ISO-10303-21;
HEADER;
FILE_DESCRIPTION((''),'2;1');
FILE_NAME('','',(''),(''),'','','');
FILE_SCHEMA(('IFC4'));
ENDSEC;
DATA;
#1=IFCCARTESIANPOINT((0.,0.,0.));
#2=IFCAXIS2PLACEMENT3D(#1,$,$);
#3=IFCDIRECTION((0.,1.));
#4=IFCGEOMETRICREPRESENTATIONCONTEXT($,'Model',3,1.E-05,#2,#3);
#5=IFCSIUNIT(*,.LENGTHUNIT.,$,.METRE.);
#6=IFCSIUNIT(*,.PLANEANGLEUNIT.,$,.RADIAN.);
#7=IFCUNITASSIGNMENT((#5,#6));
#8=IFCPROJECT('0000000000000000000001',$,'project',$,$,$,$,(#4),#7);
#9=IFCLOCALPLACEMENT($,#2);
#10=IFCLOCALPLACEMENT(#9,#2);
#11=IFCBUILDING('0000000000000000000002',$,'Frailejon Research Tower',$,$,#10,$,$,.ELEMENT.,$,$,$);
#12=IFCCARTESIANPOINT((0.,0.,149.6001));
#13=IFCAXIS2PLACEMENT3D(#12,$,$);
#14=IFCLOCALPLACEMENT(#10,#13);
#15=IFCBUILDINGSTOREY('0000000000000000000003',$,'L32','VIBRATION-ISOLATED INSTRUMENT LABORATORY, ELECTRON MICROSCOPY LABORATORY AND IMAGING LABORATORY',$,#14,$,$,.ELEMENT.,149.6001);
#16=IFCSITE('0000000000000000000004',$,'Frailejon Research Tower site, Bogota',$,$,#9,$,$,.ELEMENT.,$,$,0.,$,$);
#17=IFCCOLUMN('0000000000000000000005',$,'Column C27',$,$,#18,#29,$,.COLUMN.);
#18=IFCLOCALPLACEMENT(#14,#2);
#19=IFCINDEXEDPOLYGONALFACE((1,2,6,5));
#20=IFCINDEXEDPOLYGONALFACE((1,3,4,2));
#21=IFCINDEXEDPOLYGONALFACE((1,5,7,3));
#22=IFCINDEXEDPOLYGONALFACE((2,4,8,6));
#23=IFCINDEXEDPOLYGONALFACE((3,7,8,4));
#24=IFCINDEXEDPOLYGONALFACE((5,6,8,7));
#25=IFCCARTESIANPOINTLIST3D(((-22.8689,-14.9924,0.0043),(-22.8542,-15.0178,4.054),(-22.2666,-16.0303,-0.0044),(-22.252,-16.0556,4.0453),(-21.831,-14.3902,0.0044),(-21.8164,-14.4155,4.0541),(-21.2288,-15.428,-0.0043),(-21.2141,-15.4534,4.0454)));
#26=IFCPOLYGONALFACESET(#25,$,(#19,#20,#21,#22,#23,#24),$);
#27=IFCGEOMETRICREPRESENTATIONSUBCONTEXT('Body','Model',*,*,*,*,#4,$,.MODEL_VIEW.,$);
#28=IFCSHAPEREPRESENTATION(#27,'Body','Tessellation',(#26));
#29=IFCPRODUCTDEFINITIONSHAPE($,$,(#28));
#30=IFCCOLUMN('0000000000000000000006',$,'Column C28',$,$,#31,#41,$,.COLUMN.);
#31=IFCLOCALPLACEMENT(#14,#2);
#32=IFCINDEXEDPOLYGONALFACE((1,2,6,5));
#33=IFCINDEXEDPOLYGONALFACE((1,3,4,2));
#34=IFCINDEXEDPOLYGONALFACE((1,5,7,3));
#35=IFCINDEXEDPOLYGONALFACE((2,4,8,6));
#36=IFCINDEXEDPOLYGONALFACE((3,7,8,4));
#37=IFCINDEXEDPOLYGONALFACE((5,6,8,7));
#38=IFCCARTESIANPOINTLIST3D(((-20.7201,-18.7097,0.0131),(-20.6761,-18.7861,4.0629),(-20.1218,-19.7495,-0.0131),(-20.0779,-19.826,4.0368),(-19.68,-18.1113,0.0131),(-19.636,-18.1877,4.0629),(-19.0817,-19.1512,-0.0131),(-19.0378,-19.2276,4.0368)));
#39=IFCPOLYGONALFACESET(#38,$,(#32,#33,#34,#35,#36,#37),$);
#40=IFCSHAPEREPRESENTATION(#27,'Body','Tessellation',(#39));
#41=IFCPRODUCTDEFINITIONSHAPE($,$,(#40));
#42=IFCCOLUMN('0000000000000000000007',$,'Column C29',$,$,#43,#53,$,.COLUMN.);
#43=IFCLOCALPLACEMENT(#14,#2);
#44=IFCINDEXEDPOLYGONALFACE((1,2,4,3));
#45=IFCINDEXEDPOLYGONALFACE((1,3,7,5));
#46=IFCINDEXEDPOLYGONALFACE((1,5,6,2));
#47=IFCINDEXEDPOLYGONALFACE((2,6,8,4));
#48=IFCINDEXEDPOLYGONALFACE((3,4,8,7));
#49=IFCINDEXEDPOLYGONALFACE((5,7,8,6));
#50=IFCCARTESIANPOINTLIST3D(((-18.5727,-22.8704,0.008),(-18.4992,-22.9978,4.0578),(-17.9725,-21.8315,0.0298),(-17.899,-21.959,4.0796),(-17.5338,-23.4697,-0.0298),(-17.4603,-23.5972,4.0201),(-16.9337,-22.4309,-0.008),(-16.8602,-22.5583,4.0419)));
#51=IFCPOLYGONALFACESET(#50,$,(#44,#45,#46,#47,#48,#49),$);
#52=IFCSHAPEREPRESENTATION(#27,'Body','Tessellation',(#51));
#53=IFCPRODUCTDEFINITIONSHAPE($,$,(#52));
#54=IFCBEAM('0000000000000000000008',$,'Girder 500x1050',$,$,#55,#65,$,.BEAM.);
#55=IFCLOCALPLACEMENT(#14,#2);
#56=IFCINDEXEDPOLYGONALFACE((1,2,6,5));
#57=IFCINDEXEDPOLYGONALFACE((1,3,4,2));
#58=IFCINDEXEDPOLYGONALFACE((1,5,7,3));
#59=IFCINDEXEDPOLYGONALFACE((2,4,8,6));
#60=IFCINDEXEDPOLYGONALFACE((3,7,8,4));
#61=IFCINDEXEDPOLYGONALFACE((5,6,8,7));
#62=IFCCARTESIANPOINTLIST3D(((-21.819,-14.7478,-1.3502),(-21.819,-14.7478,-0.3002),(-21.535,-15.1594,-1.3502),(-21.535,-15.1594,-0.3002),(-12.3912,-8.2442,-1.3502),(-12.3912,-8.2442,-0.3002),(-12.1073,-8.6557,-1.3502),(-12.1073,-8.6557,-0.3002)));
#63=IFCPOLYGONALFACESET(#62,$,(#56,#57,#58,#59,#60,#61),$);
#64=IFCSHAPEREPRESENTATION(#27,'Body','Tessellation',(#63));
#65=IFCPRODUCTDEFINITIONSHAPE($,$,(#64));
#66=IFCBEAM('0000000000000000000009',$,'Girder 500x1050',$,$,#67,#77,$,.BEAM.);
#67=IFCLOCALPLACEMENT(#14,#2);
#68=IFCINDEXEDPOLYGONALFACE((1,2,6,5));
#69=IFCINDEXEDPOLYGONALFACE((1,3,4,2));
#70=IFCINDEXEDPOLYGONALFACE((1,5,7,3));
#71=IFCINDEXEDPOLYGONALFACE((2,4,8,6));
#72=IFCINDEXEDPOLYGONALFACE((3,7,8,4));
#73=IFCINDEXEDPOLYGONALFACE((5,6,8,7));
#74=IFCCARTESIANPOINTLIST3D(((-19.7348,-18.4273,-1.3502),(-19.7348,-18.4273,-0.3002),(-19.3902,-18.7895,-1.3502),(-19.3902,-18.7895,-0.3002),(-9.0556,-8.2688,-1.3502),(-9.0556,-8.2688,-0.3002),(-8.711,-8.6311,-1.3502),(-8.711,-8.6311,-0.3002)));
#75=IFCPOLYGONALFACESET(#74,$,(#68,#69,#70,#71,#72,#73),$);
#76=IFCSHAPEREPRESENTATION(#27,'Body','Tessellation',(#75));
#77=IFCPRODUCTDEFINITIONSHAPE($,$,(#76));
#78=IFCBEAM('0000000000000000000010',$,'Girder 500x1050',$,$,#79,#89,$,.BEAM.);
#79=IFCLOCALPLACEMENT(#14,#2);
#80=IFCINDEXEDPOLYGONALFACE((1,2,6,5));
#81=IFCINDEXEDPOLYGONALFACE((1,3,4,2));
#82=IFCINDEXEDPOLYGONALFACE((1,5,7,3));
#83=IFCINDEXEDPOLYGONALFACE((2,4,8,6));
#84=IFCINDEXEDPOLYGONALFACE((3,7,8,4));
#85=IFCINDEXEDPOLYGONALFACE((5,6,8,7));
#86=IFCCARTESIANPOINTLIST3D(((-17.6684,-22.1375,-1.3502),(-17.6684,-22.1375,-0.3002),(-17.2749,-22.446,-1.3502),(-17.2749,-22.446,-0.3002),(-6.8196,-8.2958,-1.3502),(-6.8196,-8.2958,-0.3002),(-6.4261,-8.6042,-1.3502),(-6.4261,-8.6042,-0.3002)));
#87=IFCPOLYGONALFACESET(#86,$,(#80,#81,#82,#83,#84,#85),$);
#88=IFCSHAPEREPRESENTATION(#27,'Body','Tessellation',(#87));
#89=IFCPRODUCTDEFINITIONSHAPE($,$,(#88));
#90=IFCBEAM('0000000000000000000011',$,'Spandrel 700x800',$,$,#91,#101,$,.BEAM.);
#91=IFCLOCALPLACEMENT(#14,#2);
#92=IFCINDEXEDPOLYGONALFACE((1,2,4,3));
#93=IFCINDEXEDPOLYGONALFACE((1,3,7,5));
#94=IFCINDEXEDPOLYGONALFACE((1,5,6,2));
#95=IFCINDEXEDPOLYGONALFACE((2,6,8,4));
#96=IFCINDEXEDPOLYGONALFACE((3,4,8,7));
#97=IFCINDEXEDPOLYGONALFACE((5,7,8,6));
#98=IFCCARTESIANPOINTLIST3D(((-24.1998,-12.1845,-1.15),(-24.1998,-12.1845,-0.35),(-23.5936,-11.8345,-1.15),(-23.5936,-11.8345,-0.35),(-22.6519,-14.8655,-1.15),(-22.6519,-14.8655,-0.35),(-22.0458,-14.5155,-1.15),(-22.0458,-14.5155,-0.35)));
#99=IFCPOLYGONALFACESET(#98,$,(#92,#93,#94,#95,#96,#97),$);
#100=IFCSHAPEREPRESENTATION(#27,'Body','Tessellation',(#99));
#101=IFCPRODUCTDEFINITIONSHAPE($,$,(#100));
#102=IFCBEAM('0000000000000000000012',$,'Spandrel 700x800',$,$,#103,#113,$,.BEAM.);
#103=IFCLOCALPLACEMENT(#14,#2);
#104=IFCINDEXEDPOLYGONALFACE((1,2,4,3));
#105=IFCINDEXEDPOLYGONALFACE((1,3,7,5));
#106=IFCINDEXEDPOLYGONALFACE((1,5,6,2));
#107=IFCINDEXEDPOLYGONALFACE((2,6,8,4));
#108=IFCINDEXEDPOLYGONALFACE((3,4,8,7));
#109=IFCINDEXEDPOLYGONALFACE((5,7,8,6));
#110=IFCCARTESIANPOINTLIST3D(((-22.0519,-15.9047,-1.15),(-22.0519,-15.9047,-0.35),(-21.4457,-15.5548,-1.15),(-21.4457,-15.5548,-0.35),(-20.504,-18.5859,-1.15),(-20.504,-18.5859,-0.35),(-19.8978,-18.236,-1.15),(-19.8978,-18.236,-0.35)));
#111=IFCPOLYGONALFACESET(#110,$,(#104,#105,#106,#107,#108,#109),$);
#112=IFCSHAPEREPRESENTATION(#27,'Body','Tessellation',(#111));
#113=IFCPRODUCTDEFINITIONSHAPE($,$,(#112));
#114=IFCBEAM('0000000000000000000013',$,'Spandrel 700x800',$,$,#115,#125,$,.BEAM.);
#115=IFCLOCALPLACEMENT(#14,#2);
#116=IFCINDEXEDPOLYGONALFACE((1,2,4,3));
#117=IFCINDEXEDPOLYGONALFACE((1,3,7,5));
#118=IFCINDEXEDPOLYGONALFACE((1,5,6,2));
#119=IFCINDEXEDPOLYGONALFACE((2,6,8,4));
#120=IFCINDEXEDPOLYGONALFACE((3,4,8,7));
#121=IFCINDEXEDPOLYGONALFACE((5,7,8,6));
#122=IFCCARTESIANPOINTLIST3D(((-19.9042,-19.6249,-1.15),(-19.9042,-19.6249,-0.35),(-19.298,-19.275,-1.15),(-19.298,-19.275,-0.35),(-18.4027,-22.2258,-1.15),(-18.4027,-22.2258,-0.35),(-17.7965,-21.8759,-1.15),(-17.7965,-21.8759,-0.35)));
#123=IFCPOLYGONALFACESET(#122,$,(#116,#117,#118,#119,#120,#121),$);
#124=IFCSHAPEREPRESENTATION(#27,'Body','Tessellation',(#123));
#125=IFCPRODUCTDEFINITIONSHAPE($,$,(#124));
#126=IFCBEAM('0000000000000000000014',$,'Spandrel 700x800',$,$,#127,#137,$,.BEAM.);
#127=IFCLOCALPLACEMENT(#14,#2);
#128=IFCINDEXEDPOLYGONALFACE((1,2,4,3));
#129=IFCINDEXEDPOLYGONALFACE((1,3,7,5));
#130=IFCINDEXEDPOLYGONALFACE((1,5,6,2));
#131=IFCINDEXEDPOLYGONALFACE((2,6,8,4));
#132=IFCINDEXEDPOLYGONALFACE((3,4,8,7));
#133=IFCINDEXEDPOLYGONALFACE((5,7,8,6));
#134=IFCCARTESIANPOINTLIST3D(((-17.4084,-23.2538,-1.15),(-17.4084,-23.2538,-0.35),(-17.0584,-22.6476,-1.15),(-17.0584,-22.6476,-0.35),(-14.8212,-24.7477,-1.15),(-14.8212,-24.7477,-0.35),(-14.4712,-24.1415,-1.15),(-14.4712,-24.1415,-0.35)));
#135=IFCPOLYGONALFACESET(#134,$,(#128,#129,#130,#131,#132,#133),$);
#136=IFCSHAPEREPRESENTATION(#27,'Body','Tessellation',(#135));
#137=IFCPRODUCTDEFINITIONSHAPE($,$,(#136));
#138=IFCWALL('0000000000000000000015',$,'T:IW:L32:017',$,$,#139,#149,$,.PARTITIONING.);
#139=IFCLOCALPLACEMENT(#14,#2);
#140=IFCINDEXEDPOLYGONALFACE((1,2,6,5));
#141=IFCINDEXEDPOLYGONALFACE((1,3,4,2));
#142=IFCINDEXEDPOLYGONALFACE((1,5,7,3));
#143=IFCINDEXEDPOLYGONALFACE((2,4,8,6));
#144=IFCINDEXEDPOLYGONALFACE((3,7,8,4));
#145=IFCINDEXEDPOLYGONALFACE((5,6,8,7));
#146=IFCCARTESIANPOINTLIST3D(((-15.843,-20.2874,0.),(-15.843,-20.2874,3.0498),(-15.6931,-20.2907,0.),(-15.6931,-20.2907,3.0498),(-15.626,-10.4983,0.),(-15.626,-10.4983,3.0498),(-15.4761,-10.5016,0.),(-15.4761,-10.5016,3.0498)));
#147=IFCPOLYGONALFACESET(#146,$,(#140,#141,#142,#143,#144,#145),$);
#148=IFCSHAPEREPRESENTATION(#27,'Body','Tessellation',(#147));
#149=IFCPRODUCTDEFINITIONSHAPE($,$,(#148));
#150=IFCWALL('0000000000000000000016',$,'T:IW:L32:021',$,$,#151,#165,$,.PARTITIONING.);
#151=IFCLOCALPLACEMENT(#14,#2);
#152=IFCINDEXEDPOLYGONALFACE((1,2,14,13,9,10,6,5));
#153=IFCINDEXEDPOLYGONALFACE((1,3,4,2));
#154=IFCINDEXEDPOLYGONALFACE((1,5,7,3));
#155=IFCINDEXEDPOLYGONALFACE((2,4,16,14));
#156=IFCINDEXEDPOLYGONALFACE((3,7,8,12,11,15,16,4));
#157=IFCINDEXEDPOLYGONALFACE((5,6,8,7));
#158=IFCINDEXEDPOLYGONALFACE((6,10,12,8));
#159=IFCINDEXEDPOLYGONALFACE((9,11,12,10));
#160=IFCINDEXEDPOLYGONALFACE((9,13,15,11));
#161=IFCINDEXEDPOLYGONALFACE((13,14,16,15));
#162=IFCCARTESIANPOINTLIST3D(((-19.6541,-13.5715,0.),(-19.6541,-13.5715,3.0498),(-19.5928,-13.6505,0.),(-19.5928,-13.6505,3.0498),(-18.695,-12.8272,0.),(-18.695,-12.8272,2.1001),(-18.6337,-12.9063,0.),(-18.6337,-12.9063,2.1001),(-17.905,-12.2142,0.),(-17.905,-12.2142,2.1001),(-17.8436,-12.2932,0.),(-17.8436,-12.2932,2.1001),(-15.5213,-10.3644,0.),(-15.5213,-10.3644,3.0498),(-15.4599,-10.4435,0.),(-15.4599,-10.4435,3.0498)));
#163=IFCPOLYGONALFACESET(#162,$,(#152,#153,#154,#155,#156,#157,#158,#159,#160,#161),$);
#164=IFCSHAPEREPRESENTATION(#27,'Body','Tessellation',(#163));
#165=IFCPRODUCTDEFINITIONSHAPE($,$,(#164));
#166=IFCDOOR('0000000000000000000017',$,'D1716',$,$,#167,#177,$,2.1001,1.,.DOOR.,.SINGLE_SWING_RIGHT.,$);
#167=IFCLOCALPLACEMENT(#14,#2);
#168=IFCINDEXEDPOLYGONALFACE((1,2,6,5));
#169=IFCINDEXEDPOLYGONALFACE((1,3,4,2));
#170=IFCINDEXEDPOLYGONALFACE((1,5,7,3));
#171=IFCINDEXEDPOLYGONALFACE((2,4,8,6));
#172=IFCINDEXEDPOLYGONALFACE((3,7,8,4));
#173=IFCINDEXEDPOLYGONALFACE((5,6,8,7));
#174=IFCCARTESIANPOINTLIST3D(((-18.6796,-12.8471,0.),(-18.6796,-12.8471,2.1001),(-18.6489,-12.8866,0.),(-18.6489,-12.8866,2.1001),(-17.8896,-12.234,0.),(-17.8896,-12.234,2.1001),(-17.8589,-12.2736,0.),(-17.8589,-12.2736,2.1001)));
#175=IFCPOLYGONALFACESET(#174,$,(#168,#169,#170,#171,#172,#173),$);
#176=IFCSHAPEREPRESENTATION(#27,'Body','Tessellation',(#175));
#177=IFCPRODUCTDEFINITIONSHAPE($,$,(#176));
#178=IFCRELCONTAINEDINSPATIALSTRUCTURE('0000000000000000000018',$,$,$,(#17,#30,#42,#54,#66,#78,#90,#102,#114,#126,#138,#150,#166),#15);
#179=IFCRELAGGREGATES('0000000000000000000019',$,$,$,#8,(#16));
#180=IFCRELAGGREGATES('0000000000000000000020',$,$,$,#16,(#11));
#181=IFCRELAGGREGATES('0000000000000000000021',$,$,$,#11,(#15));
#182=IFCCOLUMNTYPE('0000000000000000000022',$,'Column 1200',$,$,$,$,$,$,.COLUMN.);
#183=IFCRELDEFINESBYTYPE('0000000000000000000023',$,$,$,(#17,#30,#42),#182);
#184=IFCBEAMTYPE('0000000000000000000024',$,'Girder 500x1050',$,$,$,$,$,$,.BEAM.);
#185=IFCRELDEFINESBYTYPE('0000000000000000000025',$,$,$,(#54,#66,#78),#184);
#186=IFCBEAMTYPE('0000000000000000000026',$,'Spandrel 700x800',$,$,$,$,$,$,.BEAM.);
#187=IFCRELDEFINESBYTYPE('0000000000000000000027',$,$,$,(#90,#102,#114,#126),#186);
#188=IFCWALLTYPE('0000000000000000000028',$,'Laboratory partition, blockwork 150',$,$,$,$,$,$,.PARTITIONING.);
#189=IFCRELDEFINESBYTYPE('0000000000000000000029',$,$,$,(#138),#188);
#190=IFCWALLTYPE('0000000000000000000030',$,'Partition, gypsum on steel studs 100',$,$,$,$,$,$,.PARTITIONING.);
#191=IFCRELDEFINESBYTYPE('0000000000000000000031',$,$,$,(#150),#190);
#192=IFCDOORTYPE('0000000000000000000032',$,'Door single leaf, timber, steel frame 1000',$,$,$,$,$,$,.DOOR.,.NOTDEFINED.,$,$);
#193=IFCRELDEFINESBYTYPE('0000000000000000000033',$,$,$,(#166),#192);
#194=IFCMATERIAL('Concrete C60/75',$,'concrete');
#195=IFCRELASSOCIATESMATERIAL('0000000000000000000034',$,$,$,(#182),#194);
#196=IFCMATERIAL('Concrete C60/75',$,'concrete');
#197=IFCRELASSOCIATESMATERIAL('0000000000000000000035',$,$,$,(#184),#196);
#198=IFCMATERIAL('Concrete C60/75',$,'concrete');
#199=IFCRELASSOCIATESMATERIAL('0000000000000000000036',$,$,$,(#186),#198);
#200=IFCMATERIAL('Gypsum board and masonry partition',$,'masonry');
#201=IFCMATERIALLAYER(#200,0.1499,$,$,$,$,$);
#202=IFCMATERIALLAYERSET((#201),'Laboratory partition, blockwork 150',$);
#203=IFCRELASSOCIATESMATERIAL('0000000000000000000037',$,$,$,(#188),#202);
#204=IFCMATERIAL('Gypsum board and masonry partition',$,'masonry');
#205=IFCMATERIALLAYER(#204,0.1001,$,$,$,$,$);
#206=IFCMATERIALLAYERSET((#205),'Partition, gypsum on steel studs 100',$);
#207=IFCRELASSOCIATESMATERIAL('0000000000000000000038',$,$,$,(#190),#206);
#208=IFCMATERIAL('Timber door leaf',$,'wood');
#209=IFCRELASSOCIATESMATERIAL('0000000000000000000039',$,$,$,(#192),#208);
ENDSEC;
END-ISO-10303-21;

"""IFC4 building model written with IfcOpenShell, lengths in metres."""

from ifc_helpers import new_model, si_unit, direction, frame, frame_2d, origin, origin_2d, place, context, subcontext, project, spatial, rectangle, extrude, material, layer, layer_set, material_profile, profile_set, type_object, element, fill, save


model = new_model("IFC4")

# Units and contexts
model_context = context("Model", 3, precision=1e-05, world=origin(), true_north=direction((0.0, 1.0)))
body_context = subcontext(model_context, "Body", "Model", "MODEL_VIEW")
ifc_project = project(units=[si_unit("LENGTHUNIT", "METRE"), si_unit("PLANEANGLEUNIT", "RADIAN")], contexts=[model_context])

# Site, building, storey
site_placement = place(None, origin())
site = spatial("IfcSite", under=ifc_project, at=site_placement, Name="Frailejon Research Tower site, Bogota", CompositionType="ELEMENT", RefElevation=0.0)
building_placement = place(site_placement, origin())
building = spatial("IfcBuilding", under=site, at=building_placement, Name="Frailejon Research Tower", CompositionType="ELEMENT")
storey_placement = place(building_placement, frame((0.0, 0.0, 149.6001)))
storey = spatial("IfcBuildingStorey", under=building, at=storey_placement, Name="L32", Description="VIBRATION-ISOLATED INSTRUMENT LABORATORY, ELECTRON MICROSCOPY LABORATORY AND IMAGING LABORATORY", CompositionType="ELEMENT", Elevation=149.6001)

# Columns
ifc_material_1 = material(Name="Concrete C60/75", Category="concrete")
ifc_material_profile_1 = material_profile(ifc_material_1, rectangle(XDim=1.2, YDim=1.2, at=origin_2d()), Name="Column 1200")
ifc_profile_set_1 = profile_set([ifc_material_profile_1], Name="Concrete C60/75")
column_type = type_object("IfcColumnType", Name="Column 1200", PredefinedType="COLUMN", material=ifc_profile_set_1)
column_1_placement = place(storey_placement, frame((-22.0488, -15.2102, 0.0), z_axis=(0.003617, -0.006269, 0.999974), x_axis=(0.501883, -0.864905, -0.007238)))
element("IfcColumn", 1, at=column_1_placement, inside=storey, type_object=column_type, Name="Column C27", PredefinedType="COLUMN", context=body_context, shape_type="SweptSolid", body=[
    extrude(rectangle(XDim=1.2, YDim=1.2, at=origin_2d()), origin(), (0.0, 0.0, 1.0), 4.0498),
])
column_2_placement = place(storey_placement, frame((-19.9009, -18.9304, 0.0), z_axis=(0.010849, -0.018865, 0.999763), x_axis=(0.498562, -0.866581, -0.021762)))
element("IfcColumn", 2, at=column_2_placement, inside=storey, type_object=column_type, Name="Column C28", PredefinedType="COLUMN", context=body_context, shape_type="SweptSolid", body=[
    extrude(rectangle(XDim=1.2, YDim=1.2, at=origin_2d()), origin(), (0.0, 0.0, 1.0), 4.0508),
])
column_3_placement = place(storey_placement, frame((-17.7532, -22.6506, 0.0), z_axis=(0.018134, -0.031448, 0.999341), x_axis=(0.865741, -0.499505, -0.031428)))
element("IfcColumn", 3, at=column_3_placement, inside=storey, type_object=column_type, Name="Column C29", PredefinedType="COLUMN", context=body_context, shape_type="SweptSolid", body=[
    extrude(rectangle(XDim=1.2, YDim=1.2, at=origin_2d()), origin(), (0.0, 0.0, 1.0), 4.0525),
])

# Beams
ifc_material_2 = material(Name="Concrete C60/75", Category="concrete")
ifc_material_profile_2 = material_profile(ifc_material_2, rectangle(XDim=0.5, YDim=1.05, at=origin_2d()), Name="Girder 500x1050")
ifc_profile_set_2 = profile_set([ifc_material_profile_2], Name="Concrete C60/75")
beam_type_1 = type_object("IfcBeamType", Name="Girder 500x1050", PredefinedType="BEAM", material=ifc_profile_set_2)
beam_1_placement = place(storey_placement, frame((-21.677, -14.9536, -0.8252), z_axis=(0.82314, 0.567838, 0.0), x_axis=(-0.567838, 0.82314, 0.0)))
element("IfcBeam", 4, at=beam_1_placement, inside=storey, type_object=beam_type_1, Name="Girder 500x1050", PredefinedType="BEAM", context=body_context, shape_type="SweptSolid", body=[
    extrude(rectangle(XDim=0.5, YDim=1.05, at=origin_2d()), origin(), (0.0, 0.0, 1.0), 11.4534),
])
beam_2_placement = place(storey_placement, frame((-19.5625, -18.6084, -0.8252), z_axis=(0.724552, 0.68922, 0.0), x_axis=(-0.68922, 0.724552, 0.0)))
element("IfcBeam", 5, at=beam_2_placement, inside=storey, type_object=beam_type_1, Name="Girder 500x1050", PredefinedType="BEAM", context=body_context, shape_type="SweptSolid", body=[
    extrude(rectangle(XDim=0.5, YDim=1.05, at=origin_2d()), origin(), (0.0, 0.0, 1.0), 14.739),
])
beam_3_placement = place(storey_placement, frame((-17.4717, -22.2917, -0.8252), z_axis=(0.616878, 0.787059, 0.0), x_axis=(-0.787059, 0.616878, 0.0)))
element("IfcBeam", 6, at=beam_3_placement, inside=storey, type_object=beam_type_1, Name="Girder 500x1050", PredefinedType="BEAM", context=body_context, shape_type="SweptSolid", body=[
    extrude(rectangle(XDim=0.5, YDim=1.05, at=origin_2d()), origin(), (0.0, 0.0, 1.0), 17.5867),
])
ifc_material_3 = material(Name="Concrete C60/75", Category="concrete")
ifc_material_profile_3 = material_profile(ifc_material_3, rectangle(XDim=0.7, YDim=0.8, at=origin_2d()), Name="Spandrel 700x800")
ifc_profile_set_3 = profile_set([ifc_material_profile_3], Name="Concrete C60/75")
beam_type_2 = type_object("IfcBeamType", Name="Spandrel 700x800", PredefinedType="BEAM", material=ifc_profile_set_3)
beam_4_placement = place(storey_placement, frame((-23.8967, -12.0095, -0.75), z_axis=(0.500007, -0.866021, 0.0), x_axis=(0.866021, 0.500007, 0.0)))
element("IfcBeam", 7, at=beam_4_placement, inside=storey, type_object=beam_type_2, Name="Spandrel 700x800", PredefinedType="BEAM", context=body_context, shape_type="SweptSolid", body=[
    extrude(rectangle(XDim=0.7, YDim=0.8, at=origin_2d()), origin(), (0.0, 0.0, 1.0), 3.0957),
])
beam_5_placement = place(storey_placement, frame((-21.7488, -15.7297, -0.75), z_axis=(0.499973, -0.866041, 0.0), x_axis=(0.866041, 0.499973, 0.0)))
element("IfcBeam", 8, at=beam_5_placement, inside=storey, type_object=beam_type_2, Name="Spandrel 700x800", PredefinedType="BEAM", context=body_context, shape_type="SweptSolid", body=[
    extrude(rectangle(XDim=0.7, YDim=0.8, at=origin_2d()), origin(), (0.0, 0.0, 1.0), 3.0959),
])
beam_6_placement = place(storey_placement, frame((-19.6011, -19.45, -0.75), z_axis=(0.499969, -0.866043, 0.0), x_axis=(0.866043, 0.499969, 0.0)))
element("IfcBeam", 9, at=beam_6_placement, inside=storey, type_object=beam_type_2, Name="Spandrel 700x800", PredefinedType="BEAM", context=body_context, shape_type="SweptSolid", body=[
    extrude(rectangle(XDim=0.7, YDim=0.8, at=origin_2d()), origin(), (0.0, 0.0, 1.0), 3.0032),
])
beam_7_placement = place(storey_placement, frame((-17.2334, -22.9507, -0.75), z_axis=(0.865996, -0.50005, 0.0), x_axis=(0.50005, 0.865996, 0.0)))
element("IfcBeam", 10, at=beam_7_placement, inside=storey, type_object=beam_type_2, Name="Spandrel 700x800", PredefinedType="BEAM", context=body_context, shape_type="SweptSolid", body=[
    extrude(rectangle(XDim=0.7, YDim=0.8, at=origin_2d()), origin(), (0.0, 0.0, 1.0), 2.9875),
])

# Wall
ifc_material_4 = material(Name="Gypsum board and masonry partition", Category="masonry")
ifc_layer_1 = layer(ifc_material_4, 0.1499)
ifc_layer_set_1 = layer_set([ifc_layer_1], Name="Laboratory partition, blockwork 150")
wall_type_1 = type_object("IfcWallType", Name="Laboratory partition, blockwork 150", PredefinedType="PARTITIONING", material=ifc_layer_set_1)
wall_1_placement = place(storey_placement, frame((-15.7681, -20.2891, 0.0), z_axis=(0.0, 0.0, 1.0), x_axis=(0.022166, 0.999754, 0.0)))
element("IfcWall", 11, at=wall_1_placement, inside=storey, type_object=wall_type_1, Name="T:IW:L32:017", PredefinedType="PARTITIONING", context=body_context, shape_type="SweptSolid", body=[
    extrude(rectangle(XDim=9.7915, YDim=0.1499, at=frame_2d((4.8958, 0.0))), origin(), (0.0, 0.0, 1.0), 3.0498),
])

# Wall, opening, door
ifc_material_5 = material(Name="Gypsum board and masonry partition", Category="masonry")
ifc_layer_2 = layer(ifc_material_5, 0.1001)
ifc_layer_set_2 = layer_set([ifc_layer_2], Name="Partition, gypsum on steel studs 100")
wall_type_2 = type_object("IfcWallType", Name="Partition, gypsum on steel studs 100", PredefinedType="PARTITIONING", material=ifc_layer_set_2)
wall_2_placement = place(storey_placement, frame((-19.6235, -13.6111, 0.0), z_axis=(0.0, 0.0, 1.0), x_axis=(0.790035, 0.613061, 0.0)))
wall_2 = element("IfcWall", 12, at=wall_2_placement, inside=storey, type_object=wall_type_2, Name="T:IW:L32:021", PredefinedType="PARTITIONING", context=body_context, shape_type="SweptSolid", body=[
    extrude(rectangle(XDim=5.2312, YDim=0.1001, at=frame_2d((2.6157, 0.0))), origin(), (0.0, 0.0, 1.0), 3.0498),
])
opening_placement = place(wall_2_placement, frame((1.2141, 0.0, 0.0)))
opening = element("IfcOpeningElement", 13, at=opening_placement, cuts=wall_2, PredefinedType="OPENING", context=body_context, shape_type="SweptSolid", body=[
    extrude(rectangle(XDim=1.0, YDim=2.1001, at=frame_2d((0.5, 1.05))), frame((0.0, 0.0601, 0.0), z_axis=(0.0, -1.0, 0.0), x_axis=(1.0, 0.0, 0.0)), (0.0, 0.0, 1.0), 0.1201),
])
ifc_material_6 = material(Name="Timber door leaf", Category="wood")
door_type = type_object("IfcDoorType", Name="Door single leaf, timber, steel frame 1000", OperationType="NOTDEFINED", PredefinedType="DOOR", material=ifc_material_6)
door_placement = place(opening_placement, origin())
door = element("IfcDoor", 14, at=door_placement, inside=storey, type_object=door_type, Name="D1716", OperationType="SINGLE_SWING_RIGHT", OverallHeight=2.1001, OverallWidth=1.0, PredefinedType="DOOR", context=body_context, shape_type="SweptSolid", body=[
    extrude(rectangle(XDim=1.0, YDim=2.1001, at=frame_2d((0.5, 1.05))), frame((0.0, 0.0249, 0.0), z_axis=(0.0, -1.0, 0.0), x_axis=(1.0, 0.0, 0.0)), (0.0, 0.0, 1.0), 0.05),
])
fill(opening, door)

save(model, "model.ifc")
